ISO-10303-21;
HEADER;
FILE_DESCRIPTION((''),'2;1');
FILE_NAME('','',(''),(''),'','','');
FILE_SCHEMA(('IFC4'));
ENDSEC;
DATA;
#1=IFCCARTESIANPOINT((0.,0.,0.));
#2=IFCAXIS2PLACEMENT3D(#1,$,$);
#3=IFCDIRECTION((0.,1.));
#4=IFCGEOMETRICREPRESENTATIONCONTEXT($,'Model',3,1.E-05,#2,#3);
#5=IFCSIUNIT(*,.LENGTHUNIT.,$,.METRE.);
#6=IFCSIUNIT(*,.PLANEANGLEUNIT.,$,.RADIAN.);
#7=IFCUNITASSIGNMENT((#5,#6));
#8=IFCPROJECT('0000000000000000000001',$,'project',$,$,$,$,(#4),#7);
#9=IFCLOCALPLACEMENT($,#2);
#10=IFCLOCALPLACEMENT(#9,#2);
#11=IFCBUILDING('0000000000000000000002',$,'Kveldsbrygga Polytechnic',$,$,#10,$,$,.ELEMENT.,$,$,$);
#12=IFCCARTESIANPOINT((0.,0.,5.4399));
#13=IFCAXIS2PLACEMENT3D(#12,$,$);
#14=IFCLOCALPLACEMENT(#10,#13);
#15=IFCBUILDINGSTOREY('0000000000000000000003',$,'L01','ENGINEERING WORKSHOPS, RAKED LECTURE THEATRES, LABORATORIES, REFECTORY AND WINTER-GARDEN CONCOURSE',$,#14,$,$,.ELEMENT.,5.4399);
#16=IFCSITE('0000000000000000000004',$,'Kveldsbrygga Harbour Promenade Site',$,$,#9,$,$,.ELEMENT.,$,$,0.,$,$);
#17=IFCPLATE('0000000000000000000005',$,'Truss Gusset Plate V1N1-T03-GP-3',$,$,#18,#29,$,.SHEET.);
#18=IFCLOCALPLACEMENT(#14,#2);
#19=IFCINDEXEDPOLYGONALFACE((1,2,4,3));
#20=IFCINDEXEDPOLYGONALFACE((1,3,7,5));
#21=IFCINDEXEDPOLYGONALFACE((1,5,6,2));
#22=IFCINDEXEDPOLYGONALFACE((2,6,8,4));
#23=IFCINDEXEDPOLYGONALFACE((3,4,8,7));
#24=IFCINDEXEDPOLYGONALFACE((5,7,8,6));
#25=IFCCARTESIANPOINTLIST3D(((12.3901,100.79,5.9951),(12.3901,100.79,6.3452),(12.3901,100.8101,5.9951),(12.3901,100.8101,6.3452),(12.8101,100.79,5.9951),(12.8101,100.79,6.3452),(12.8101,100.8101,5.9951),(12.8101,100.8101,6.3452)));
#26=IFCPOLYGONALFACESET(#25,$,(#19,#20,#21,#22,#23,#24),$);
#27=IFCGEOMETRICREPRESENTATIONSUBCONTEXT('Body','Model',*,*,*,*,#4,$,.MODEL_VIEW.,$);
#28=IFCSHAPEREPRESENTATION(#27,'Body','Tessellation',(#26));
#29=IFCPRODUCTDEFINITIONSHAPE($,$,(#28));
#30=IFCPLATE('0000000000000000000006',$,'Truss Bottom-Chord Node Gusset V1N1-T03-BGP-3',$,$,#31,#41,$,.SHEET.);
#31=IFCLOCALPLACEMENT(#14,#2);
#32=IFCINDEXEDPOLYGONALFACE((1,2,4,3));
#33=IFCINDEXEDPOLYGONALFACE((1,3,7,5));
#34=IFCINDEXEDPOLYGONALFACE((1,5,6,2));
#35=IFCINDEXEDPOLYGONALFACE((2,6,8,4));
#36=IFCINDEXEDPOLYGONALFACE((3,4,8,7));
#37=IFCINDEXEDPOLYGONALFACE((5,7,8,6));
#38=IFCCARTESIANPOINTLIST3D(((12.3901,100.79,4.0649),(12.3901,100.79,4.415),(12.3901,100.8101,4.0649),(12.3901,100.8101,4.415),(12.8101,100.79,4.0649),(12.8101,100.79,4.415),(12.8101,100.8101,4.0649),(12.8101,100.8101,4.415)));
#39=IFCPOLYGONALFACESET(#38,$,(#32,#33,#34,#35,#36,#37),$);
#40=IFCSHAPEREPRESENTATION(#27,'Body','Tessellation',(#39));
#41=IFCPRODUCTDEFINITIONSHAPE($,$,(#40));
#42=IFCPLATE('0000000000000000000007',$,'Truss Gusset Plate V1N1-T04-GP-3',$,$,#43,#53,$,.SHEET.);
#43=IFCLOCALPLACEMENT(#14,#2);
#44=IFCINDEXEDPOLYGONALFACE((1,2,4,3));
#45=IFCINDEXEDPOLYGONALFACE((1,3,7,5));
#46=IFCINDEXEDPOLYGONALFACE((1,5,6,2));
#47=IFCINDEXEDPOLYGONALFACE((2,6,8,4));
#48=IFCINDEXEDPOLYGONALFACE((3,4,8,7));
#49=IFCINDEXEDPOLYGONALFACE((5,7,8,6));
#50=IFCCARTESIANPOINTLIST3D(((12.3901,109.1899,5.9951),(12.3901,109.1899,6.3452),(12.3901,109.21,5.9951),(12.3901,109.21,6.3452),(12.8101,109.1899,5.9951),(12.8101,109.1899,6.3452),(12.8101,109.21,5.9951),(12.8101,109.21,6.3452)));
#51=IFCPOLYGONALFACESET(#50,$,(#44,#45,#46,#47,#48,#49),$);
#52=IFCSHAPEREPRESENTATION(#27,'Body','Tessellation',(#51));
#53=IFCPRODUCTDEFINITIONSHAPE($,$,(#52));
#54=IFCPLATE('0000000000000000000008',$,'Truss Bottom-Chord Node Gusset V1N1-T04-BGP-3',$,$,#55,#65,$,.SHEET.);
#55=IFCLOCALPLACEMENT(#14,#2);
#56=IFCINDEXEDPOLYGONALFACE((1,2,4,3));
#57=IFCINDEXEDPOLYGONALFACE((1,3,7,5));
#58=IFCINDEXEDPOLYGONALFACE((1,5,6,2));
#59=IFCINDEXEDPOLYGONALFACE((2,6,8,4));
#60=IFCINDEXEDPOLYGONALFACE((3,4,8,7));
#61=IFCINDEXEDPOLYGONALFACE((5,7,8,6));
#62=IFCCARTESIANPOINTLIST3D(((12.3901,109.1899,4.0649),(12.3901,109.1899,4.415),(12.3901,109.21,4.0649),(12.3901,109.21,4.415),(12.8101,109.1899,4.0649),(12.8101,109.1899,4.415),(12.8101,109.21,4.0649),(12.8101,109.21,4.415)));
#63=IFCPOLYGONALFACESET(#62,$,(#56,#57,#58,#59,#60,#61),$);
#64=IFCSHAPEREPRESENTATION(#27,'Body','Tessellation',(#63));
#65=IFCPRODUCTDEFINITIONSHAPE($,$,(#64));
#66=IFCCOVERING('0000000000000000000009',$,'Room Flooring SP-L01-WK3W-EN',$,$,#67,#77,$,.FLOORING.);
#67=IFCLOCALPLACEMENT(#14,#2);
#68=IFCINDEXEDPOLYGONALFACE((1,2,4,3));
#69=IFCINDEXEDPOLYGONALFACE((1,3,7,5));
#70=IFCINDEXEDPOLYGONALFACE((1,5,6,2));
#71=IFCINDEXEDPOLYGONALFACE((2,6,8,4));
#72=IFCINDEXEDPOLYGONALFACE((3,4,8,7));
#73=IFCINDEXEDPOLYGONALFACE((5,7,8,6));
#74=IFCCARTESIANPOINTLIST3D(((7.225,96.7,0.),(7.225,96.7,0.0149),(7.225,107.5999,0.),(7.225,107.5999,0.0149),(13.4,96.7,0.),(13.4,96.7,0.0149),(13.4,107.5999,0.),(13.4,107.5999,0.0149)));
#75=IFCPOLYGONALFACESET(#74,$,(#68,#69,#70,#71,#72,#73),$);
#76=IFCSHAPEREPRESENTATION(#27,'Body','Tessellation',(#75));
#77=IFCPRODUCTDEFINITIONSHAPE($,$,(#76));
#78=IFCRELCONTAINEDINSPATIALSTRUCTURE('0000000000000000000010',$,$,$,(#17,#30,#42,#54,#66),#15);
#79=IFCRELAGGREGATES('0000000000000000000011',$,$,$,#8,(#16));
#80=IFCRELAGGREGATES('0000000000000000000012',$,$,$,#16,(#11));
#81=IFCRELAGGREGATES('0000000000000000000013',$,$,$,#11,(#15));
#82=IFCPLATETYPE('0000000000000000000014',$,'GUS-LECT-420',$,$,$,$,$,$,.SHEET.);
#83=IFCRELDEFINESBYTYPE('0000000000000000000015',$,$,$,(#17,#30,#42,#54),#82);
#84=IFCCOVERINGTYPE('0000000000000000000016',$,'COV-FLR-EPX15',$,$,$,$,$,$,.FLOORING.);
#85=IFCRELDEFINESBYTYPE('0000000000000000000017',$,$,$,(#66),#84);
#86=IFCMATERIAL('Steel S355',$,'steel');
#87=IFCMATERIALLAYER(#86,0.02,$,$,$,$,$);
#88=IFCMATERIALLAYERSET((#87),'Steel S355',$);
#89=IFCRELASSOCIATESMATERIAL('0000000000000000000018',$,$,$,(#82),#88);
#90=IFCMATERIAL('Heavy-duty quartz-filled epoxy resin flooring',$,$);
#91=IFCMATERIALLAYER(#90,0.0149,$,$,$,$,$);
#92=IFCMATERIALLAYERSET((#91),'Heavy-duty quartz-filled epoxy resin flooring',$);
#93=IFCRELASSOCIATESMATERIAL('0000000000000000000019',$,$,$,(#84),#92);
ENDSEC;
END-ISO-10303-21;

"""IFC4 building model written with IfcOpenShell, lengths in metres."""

from ifc_helpers import new_model, si_unit, direction, frame, origin, origin_2d, place, context, subcontext, project, spatial, rectangle, extrude, material, layer, layer_set, type_object, element, save


model = new_model("IFC4")

# Units and contexts
model_context = context("Model", 3, precision=1e-05, world=origin(), true_north=direction((0.0, 1.0)))
body_context = subcontext(model_context, "Body", "Model", "MODEL_VIEW")
ifc_project = project(units=[si_unit("LENGTHUNIT", "METRE"), si_unit("PLANEANGLEUNIT", "RADIAN")], contexts=[model_context])

# Site, building, storey
site_placement = place(None, origin())
site = spatial("IfcSite", under=ifc_project, at=site_placement, Name="Kveldsbrygga Harbour Promenade Site", CompositionType="ELEMENT", RefElevation=0.0)
building_placement = place(site_placement, origin())
building = spatial("IfcBuilding", under=site, at=building_placement, Name="Kveldsbrygga Polytechnic", CompositionType="ELEMENT")
storey_placement = place(building_placement, frame((0.0, 0.0, 5.4399)))
storey = spatial("IfcBuildingStorey", under=building, at=storey_placement, Name="L01", Description="ENGINEERING WORKSHOPS, RAKED LECTURE THEATRES, LABORATORIES, REFECTORY AND WINTER-GARDEN CONCOURSE", CompositionType="ELEMENT", Elevation=5.4399)

# Shared definitions
ifc_material_1 = material(Name="Steel S355", Category="steel")

# Plates
ifc_layer_1 = layer(ifc_material_1, 0.02)
ifc_layer_set_1 = layer_set([ifc_layer_1], Name="Steel S355")
plate_type_1 = type_object("IfcPlateType", Name="GUS-LECT-420", PredefinedType="SHEET", material=ifc_layer_set_1)
for number, where, z_axis, x_axis, name in (
    (1, (12.6001, 100.8, 5.9951), (0.0, 0.0, 1.0), (1.0, 0.0, 0.0), "Truss Gusset Plate V1N1-T03-GP-3"),
    (2, (12.6001, 100.8, 4.0649), (0.0, 0.0, 1.0), (1.0, 0.0, 0.0), "Truss Bottom-Chord Node Gusset V1N1-T03-BGP-3"),
    (3, (12.6001, 109.2, 5.9951), (0.0, 0.0, 1.0), (1.0, 0.0, 0.0), "Truss Gusset Plate V1N1-T04-GP-3"),
    (4, (12.6001, 109.2, 4.0649), (0.0, 0.0, 1.0), (1.0, 0.0, 0.0), "Truss Bottom-Chord Node Gusset V1N1-T04-BGP-3"),
):
    element("IfcPlate", number, at=place(storey_placement, frame(where, z_axis=z_axis, x_axis=x_axis)), inside=storey, type_object=plate_type_1, Name=name, PredefinedType="SHEET", context=body_context, shape_type="SweptSolid", body=[
        extrude(rectangle(XDim=0.4199, YDim=0.02, at=origin_2d()), origin(), (0.0, 0.0, 1.0), 0.3501),
    ])

# Covering
ifc_material_2 = material(Name="Heavy-duty quartz-filled epoxy resin flooring")
ifc_layer_2 = layer(ifc_material_2, 0.0149)
ifc_layer_set_2 = layer_set([ifc_layer_2], Name="Heavy-duty quartz-filled epoxy resin flooring")
covering_type = type_object("IfcCoveringType", Name="COV-FLR-EPX15", PredefinedType="FLOORING", material=ifc_layer_set_2)
covering_placement = place(storey_placement, frame((10.3125, 102.1499, 0.0), z_axis=(0.0, 0.0, 1.0), x_axis=(1.0, 0.0, 0.0)))
element("IfcCovering", 5, at=covering_placement, inside=storey, type_object=covering_type, Name="Room Flooring SP-L01-WK3W-EN", PredefinedType="FLOORING", context=body_context, shape_type="SweptSolid", body=[
    extrude(rectangle(XDim=6.175, YDim=10.8999, at=origin_2d()), origin(), (0.0, 0.0, 1.0), 0.0149),
])

save(model, "model.ifc")
